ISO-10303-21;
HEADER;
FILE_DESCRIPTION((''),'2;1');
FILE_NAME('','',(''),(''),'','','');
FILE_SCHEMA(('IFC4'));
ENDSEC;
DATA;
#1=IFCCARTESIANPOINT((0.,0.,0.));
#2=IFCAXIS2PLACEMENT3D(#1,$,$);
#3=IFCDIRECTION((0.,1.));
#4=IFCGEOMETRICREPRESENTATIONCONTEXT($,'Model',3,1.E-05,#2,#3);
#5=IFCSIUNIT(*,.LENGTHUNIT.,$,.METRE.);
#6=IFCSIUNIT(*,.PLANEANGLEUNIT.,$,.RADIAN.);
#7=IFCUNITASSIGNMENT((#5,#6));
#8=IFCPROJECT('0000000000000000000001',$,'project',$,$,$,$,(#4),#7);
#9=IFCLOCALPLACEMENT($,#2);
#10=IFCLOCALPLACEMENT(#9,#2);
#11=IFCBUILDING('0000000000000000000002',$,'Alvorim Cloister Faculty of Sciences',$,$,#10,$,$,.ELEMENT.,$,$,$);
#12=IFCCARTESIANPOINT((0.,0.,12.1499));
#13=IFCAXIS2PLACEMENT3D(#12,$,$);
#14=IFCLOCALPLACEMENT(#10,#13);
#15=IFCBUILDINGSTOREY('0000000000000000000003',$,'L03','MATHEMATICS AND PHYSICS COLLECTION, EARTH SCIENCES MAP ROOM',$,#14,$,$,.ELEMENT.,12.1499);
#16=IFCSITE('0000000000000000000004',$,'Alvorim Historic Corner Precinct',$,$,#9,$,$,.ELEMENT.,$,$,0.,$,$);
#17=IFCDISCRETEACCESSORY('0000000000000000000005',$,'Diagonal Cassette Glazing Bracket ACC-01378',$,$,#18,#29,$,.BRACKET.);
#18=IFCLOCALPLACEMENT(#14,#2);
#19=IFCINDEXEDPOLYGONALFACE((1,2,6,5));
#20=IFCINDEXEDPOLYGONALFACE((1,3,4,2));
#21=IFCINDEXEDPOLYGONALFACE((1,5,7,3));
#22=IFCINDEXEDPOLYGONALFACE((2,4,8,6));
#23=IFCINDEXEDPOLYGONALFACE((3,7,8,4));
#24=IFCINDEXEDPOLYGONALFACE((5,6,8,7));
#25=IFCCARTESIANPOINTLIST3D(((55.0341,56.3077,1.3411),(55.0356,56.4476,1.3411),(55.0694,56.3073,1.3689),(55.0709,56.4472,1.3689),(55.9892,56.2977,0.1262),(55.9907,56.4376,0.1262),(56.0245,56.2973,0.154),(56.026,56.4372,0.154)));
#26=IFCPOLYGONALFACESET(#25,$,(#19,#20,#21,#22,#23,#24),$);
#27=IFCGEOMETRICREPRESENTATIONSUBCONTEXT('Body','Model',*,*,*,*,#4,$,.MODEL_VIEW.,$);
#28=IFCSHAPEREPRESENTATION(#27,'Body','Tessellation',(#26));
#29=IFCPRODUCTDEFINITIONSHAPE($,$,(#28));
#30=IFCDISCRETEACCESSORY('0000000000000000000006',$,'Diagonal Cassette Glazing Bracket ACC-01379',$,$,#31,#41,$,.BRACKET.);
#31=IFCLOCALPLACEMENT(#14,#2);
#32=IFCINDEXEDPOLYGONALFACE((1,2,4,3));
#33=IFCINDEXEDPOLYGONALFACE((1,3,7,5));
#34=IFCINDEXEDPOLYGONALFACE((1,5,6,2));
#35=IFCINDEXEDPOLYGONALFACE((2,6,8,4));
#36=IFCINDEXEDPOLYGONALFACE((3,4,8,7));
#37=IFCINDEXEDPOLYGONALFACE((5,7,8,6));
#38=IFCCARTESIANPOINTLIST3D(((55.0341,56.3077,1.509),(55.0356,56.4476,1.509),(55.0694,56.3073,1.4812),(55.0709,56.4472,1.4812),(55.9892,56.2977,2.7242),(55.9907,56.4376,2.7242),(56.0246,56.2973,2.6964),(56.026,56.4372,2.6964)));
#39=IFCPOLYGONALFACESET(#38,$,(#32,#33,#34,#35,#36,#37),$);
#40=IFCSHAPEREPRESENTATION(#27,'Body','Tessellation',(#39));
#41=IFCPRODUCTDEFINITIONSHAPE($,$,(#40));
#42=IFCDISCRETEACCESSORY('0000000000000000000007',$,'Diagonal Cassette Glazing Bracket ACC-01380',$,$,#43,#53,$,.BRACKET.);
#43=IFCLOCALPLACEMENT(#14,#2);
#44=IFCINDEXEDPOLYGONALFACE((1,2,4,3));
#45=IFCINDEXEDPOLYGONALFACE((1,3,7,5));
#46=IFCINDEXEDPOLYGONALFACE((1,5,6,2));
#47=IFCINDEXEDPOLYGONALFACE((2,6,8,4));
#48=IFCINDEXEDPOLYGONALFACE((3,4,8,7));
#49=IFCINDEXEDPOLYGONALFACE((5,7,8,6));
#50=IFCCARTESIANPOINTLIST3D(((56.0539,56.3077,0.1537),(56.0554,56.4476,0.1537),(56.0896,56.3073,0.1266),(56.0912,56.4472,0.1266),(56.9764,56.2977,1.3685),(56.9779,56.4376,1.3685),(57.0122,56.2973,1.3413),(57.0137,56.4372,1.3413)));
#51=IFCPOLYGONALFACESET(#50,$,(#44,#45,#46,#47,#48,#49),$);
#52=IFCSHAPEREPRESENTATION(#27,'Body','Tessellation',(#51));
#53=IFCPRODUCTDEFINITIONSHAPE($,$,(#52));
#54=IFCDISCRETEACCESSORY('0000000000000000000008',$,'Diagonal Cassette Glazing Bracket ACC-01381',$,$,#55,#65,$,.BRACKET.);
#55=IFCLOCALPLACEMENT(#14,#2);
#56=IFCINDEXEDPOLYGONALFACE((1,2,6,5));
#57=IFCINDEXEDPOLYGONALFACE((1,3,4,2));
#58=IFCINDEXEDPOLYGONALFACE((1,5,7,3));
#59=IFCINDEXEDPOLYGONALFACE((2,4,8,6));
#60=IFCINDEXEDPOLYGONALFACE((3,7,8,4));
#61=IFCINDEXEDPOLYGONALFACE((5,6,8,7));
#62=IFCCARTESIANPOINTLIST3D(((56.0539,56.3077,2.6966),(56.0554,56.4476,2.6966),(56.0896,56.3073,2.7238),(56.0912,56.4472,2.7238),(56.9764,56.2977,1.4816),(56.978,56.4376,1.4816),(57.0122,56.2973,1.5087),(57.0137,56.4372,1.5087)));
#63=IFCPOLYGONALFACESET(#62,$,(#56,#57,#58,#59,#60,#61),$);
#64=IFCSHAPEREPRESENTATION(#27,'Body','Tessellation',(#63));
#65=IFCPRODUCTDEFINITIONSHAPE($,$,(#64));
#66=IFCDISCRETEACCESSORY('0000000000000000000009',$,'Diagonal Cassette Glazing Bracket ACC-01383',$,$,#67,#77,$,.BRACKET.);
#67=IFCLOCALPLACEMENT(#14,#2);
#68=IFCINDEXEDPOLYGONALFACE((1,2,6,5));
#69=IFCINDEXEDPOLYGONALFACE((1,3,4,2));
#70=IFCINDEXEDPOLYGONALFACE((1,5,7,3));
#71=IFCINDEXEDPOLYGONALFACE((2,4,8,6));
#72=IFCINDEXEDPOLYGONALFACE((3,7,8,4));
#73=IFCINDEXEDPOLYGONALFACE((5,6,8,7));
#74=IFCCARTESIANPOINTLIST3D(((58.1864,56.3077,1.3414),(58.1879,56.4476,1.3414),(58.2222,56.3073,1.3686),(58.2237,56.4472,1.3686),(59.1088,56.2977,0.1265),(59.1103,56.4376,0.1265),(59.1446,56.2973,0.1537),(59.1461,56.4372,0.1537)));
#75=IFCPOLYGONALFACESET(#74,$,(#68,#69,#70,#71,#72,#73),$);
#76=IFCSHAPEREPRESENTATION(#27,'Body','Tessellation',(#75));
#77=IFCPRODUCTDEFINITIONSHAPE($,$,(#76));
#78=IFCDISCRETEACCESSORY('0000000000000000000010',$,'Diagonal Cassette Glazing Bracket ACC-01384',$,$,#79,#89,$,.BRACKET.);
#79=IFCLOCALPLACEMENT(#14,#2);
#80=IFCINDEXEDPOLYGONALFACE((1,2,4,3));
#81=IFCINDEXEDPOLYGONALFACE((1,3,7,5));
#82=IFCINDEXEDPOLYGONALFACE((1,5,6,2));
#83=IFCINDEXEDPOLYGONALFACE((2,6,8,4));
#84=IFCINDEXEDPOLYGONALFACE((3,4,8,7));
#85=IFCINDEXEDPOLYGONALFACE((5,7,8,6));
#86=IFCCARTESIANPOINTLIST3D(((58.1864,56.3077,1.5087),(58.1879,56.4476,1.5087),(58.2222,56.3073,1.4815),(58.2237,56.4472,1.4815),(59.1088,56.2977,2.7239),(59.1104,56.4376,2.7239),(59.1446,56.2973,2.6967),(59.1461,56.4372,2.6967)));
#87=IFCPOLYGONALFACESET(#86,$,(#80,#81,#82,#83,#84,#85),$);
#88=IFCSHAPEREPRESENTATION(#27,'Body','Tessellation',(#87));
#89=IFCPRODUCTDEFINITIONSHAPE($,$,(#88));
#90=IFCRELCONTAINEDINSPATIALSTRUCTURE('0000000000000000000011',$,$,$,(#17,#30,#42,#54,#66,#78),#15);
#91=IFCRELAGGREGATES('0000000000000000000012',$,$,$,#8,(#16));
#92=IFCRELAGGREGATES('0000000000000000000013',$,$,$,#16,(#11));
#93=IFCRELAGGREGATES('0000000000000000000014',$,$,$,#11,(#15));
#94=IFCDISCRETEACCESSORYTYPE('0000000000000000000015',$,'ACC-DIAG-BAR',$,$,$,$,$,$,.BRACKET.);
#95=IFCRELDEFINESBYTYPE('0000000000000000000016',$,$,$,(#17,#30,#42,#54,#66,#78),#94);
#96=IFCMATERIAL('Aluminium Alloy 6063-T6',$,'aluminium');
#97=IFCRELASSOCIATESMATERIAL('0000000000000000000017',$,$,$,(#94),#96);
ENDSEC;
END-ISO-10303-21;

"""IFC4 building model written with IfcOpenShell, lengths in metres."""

from ifc_helpers import new_model, si_unit, direction, frame, origin, origin_2d, place, context, subcontext, project, spatial, rectangle, extrude, material, type_object, element, save


model = new_model("IFC4")

# Units and contexts
model_context = context("Model", 3, precision=1e-05, world=origin(), true_north=direction((0.0, 1.0)))
body_context = subcontext(model_context, "Body", "Model", "MODEL_VIEW")
ifc_project = project(units=[si_unit("LENGTHUNIT", "METRE"), si_unit("PLANEANGLEUNIT", "RADIAN")], contexts=[model_context])

# Site, building, storey
site_placement = place(None, origin())
site = spatial("IfcSite", under=ifc_project, at=site_placement, Name="Alvorim Historic Corner Precinct", CompositionType="ELEMENT", RefElevation=0.0)
building_placement = place(site_placement, origin())
building = spatial("IfcBuilding", under=site, at=building_placement, Name="Alvorim Cloister Faculty of Sciences", CompositionType="ELEMENT")
storey_placement = place(building_placement, frame((0.0, 0.0, 12.1499)))
storey = spatial("IfcBuildingStorey", under=building, at=storey_placement, Name="L03", Description="MATHEMATICS AND PHYSICS COLLECTION, EARTH SCIENCES MAP ROOM", CompositionType="ELEMENT", Elevation=12.1499)

# Shared definitions
ifc_material_1 = material(Name="Aluminium Alloy 6063-T6", Category="aluminium")

# Discrete accessories
discrete_accessory_type = type_object("IfcDiscreteAccessoryType", Name="ACC-DIAG-BAR", PredefinedType="BRACKET", material=ifc_material_1)
discrete_accessory_1_placement = place(storey_placement, frame((55.0525, 56.3774, 1.355), z_axis=(0.618032, -0.006477, -0.786126), x_axis=(0.01048, 0.999945, 0.0)))
element("IfcDiscreteAccessory", 1, at=discrete_accessory_1_placement, inside=storey, type_object=discrete_accessory_type, Name="Diagonal Cassette Glazing Bracket ACC-01378", PredefinedType="BRACKET", context=body_context, shape_type="SweptSolid", body=[
    extrude(rectangle(XDim=0.1399, YDim=0.0449, at=origin_2d()), origin(), (0.0, 0.0, 1.0), 1.5454),
])
discrete_accessory_2_placement = place(storey_placement, frame((55.0525, 56.3774, 1.4951), z_axis=(0.617955, -0.006477, 0.786187), x_axis=(0.01048, 0.999945, 0.0)))
element("IfcDiscreteAccessory", 2, at=discrete_accessory_2_placement, inside=storey, type_object=discrete_accessory_type, Name="Diagonal Cassette Glazing Bracket ACC-01379", PredefinedType="BRACKET", context=body_context, shape_type="SweptSolid", body=[
    extrude(rectangle(XDim=0.1399, YDim=0.0449, at=origin_2d()), origin(), (0.0, 0.0, 1.0), 1.5457),
])
discrete_accessory_3_placement = place(storey_placement, frame((56.0725, 56.3774, 0.1401), z_axis=(0.60479, -0.006562, 0.796358), x_axis=(0.010849, 0.999941, 0.0)))
element("IfcDiscreteAccessory", 3, at=discrete_accessory_3_placement, inside=storey, type_object=discrete_accessory_type, Name="Diagonal Cassette Glazing Bracket ACC-01380", PredefinedType="BRACKET", context=body_context, shape_type="SweptSolid", body=[
    extrude(rectangle(XDim=0.1399, YDim=0.0449, at=origin_2d()), origin(), (0.0, 0.0, 1.0), 1.5254),
])
discrete_accessory_4_placement = place(storey_placement, frame((56.0725, 56.3774, 2.7102), z_axis=(0.604713, -0.006561, -0.796416), x_axis=(0.010849, 0.999941, 0.0)))
element("IfcDiscreteAccessory", 4, at=discrete_accessory_4_placement, inside=storey, type_object=discrete_accessory_type, Name="Diagonal Cassette Glazing Bracket ACC-01381", PredefinedType="BRACKET", context=body_context, shape_type="SweptSolid", body=[
    extrude(rectangle(XDim=0.1399, YDim=0.0449, at=origin_2d()), origin(), (0.0, 0.0, 1.0), 1.5256),
])
discrete_accessory_5_placement = place(storey_placement, frame((58.2051, 56.3774, 1.355), z_axis=(0.604689, -0.006562, -0.796435), x_axis=(0.010852, 0.999941, 0.0)))
element("IfcDiscreteAccessory", 5, at=discrete_accessory_5_placement, inside=storey, type_object=discrete_accessory_type, Name="Diagonal Cassette Glazing Bracket ACC-01383", PredefinedType="BRACKET", context=body_context, shape_type="SweptSolid", body=[
    extrude(rectangle(XDim=0.1399, YDim=0.0449, at=origin_2d()), origin(), (0.0, 0.0, 1.0), 1.5254),
])
discrete_accessory_6_placement = place(storey_placement, frame((58.2051, 56.3774, 1.4951), z_axis=(0.604612, -0.006561, 0.796493), x_axis=(0.010852, 0.999941, 0.0)))
element("IfcDiscreteAccessory", 6, at=discrete_accessory_6_placement, inside=storey, type_object=discrete_accessory_type, Name="Diagonal Cassette Glazing Bracket ACC-01384", PredefinedType="BRACKET", context=body_context, shape_type="SweptSolid", body=[
    extrude(rectangle(XDim=0.1399, YDim=0.0449, at=origin_2d()), origin(), (0.0, 0.0, 1.0), 1.5256),
])

save(model, "model.ifc")
